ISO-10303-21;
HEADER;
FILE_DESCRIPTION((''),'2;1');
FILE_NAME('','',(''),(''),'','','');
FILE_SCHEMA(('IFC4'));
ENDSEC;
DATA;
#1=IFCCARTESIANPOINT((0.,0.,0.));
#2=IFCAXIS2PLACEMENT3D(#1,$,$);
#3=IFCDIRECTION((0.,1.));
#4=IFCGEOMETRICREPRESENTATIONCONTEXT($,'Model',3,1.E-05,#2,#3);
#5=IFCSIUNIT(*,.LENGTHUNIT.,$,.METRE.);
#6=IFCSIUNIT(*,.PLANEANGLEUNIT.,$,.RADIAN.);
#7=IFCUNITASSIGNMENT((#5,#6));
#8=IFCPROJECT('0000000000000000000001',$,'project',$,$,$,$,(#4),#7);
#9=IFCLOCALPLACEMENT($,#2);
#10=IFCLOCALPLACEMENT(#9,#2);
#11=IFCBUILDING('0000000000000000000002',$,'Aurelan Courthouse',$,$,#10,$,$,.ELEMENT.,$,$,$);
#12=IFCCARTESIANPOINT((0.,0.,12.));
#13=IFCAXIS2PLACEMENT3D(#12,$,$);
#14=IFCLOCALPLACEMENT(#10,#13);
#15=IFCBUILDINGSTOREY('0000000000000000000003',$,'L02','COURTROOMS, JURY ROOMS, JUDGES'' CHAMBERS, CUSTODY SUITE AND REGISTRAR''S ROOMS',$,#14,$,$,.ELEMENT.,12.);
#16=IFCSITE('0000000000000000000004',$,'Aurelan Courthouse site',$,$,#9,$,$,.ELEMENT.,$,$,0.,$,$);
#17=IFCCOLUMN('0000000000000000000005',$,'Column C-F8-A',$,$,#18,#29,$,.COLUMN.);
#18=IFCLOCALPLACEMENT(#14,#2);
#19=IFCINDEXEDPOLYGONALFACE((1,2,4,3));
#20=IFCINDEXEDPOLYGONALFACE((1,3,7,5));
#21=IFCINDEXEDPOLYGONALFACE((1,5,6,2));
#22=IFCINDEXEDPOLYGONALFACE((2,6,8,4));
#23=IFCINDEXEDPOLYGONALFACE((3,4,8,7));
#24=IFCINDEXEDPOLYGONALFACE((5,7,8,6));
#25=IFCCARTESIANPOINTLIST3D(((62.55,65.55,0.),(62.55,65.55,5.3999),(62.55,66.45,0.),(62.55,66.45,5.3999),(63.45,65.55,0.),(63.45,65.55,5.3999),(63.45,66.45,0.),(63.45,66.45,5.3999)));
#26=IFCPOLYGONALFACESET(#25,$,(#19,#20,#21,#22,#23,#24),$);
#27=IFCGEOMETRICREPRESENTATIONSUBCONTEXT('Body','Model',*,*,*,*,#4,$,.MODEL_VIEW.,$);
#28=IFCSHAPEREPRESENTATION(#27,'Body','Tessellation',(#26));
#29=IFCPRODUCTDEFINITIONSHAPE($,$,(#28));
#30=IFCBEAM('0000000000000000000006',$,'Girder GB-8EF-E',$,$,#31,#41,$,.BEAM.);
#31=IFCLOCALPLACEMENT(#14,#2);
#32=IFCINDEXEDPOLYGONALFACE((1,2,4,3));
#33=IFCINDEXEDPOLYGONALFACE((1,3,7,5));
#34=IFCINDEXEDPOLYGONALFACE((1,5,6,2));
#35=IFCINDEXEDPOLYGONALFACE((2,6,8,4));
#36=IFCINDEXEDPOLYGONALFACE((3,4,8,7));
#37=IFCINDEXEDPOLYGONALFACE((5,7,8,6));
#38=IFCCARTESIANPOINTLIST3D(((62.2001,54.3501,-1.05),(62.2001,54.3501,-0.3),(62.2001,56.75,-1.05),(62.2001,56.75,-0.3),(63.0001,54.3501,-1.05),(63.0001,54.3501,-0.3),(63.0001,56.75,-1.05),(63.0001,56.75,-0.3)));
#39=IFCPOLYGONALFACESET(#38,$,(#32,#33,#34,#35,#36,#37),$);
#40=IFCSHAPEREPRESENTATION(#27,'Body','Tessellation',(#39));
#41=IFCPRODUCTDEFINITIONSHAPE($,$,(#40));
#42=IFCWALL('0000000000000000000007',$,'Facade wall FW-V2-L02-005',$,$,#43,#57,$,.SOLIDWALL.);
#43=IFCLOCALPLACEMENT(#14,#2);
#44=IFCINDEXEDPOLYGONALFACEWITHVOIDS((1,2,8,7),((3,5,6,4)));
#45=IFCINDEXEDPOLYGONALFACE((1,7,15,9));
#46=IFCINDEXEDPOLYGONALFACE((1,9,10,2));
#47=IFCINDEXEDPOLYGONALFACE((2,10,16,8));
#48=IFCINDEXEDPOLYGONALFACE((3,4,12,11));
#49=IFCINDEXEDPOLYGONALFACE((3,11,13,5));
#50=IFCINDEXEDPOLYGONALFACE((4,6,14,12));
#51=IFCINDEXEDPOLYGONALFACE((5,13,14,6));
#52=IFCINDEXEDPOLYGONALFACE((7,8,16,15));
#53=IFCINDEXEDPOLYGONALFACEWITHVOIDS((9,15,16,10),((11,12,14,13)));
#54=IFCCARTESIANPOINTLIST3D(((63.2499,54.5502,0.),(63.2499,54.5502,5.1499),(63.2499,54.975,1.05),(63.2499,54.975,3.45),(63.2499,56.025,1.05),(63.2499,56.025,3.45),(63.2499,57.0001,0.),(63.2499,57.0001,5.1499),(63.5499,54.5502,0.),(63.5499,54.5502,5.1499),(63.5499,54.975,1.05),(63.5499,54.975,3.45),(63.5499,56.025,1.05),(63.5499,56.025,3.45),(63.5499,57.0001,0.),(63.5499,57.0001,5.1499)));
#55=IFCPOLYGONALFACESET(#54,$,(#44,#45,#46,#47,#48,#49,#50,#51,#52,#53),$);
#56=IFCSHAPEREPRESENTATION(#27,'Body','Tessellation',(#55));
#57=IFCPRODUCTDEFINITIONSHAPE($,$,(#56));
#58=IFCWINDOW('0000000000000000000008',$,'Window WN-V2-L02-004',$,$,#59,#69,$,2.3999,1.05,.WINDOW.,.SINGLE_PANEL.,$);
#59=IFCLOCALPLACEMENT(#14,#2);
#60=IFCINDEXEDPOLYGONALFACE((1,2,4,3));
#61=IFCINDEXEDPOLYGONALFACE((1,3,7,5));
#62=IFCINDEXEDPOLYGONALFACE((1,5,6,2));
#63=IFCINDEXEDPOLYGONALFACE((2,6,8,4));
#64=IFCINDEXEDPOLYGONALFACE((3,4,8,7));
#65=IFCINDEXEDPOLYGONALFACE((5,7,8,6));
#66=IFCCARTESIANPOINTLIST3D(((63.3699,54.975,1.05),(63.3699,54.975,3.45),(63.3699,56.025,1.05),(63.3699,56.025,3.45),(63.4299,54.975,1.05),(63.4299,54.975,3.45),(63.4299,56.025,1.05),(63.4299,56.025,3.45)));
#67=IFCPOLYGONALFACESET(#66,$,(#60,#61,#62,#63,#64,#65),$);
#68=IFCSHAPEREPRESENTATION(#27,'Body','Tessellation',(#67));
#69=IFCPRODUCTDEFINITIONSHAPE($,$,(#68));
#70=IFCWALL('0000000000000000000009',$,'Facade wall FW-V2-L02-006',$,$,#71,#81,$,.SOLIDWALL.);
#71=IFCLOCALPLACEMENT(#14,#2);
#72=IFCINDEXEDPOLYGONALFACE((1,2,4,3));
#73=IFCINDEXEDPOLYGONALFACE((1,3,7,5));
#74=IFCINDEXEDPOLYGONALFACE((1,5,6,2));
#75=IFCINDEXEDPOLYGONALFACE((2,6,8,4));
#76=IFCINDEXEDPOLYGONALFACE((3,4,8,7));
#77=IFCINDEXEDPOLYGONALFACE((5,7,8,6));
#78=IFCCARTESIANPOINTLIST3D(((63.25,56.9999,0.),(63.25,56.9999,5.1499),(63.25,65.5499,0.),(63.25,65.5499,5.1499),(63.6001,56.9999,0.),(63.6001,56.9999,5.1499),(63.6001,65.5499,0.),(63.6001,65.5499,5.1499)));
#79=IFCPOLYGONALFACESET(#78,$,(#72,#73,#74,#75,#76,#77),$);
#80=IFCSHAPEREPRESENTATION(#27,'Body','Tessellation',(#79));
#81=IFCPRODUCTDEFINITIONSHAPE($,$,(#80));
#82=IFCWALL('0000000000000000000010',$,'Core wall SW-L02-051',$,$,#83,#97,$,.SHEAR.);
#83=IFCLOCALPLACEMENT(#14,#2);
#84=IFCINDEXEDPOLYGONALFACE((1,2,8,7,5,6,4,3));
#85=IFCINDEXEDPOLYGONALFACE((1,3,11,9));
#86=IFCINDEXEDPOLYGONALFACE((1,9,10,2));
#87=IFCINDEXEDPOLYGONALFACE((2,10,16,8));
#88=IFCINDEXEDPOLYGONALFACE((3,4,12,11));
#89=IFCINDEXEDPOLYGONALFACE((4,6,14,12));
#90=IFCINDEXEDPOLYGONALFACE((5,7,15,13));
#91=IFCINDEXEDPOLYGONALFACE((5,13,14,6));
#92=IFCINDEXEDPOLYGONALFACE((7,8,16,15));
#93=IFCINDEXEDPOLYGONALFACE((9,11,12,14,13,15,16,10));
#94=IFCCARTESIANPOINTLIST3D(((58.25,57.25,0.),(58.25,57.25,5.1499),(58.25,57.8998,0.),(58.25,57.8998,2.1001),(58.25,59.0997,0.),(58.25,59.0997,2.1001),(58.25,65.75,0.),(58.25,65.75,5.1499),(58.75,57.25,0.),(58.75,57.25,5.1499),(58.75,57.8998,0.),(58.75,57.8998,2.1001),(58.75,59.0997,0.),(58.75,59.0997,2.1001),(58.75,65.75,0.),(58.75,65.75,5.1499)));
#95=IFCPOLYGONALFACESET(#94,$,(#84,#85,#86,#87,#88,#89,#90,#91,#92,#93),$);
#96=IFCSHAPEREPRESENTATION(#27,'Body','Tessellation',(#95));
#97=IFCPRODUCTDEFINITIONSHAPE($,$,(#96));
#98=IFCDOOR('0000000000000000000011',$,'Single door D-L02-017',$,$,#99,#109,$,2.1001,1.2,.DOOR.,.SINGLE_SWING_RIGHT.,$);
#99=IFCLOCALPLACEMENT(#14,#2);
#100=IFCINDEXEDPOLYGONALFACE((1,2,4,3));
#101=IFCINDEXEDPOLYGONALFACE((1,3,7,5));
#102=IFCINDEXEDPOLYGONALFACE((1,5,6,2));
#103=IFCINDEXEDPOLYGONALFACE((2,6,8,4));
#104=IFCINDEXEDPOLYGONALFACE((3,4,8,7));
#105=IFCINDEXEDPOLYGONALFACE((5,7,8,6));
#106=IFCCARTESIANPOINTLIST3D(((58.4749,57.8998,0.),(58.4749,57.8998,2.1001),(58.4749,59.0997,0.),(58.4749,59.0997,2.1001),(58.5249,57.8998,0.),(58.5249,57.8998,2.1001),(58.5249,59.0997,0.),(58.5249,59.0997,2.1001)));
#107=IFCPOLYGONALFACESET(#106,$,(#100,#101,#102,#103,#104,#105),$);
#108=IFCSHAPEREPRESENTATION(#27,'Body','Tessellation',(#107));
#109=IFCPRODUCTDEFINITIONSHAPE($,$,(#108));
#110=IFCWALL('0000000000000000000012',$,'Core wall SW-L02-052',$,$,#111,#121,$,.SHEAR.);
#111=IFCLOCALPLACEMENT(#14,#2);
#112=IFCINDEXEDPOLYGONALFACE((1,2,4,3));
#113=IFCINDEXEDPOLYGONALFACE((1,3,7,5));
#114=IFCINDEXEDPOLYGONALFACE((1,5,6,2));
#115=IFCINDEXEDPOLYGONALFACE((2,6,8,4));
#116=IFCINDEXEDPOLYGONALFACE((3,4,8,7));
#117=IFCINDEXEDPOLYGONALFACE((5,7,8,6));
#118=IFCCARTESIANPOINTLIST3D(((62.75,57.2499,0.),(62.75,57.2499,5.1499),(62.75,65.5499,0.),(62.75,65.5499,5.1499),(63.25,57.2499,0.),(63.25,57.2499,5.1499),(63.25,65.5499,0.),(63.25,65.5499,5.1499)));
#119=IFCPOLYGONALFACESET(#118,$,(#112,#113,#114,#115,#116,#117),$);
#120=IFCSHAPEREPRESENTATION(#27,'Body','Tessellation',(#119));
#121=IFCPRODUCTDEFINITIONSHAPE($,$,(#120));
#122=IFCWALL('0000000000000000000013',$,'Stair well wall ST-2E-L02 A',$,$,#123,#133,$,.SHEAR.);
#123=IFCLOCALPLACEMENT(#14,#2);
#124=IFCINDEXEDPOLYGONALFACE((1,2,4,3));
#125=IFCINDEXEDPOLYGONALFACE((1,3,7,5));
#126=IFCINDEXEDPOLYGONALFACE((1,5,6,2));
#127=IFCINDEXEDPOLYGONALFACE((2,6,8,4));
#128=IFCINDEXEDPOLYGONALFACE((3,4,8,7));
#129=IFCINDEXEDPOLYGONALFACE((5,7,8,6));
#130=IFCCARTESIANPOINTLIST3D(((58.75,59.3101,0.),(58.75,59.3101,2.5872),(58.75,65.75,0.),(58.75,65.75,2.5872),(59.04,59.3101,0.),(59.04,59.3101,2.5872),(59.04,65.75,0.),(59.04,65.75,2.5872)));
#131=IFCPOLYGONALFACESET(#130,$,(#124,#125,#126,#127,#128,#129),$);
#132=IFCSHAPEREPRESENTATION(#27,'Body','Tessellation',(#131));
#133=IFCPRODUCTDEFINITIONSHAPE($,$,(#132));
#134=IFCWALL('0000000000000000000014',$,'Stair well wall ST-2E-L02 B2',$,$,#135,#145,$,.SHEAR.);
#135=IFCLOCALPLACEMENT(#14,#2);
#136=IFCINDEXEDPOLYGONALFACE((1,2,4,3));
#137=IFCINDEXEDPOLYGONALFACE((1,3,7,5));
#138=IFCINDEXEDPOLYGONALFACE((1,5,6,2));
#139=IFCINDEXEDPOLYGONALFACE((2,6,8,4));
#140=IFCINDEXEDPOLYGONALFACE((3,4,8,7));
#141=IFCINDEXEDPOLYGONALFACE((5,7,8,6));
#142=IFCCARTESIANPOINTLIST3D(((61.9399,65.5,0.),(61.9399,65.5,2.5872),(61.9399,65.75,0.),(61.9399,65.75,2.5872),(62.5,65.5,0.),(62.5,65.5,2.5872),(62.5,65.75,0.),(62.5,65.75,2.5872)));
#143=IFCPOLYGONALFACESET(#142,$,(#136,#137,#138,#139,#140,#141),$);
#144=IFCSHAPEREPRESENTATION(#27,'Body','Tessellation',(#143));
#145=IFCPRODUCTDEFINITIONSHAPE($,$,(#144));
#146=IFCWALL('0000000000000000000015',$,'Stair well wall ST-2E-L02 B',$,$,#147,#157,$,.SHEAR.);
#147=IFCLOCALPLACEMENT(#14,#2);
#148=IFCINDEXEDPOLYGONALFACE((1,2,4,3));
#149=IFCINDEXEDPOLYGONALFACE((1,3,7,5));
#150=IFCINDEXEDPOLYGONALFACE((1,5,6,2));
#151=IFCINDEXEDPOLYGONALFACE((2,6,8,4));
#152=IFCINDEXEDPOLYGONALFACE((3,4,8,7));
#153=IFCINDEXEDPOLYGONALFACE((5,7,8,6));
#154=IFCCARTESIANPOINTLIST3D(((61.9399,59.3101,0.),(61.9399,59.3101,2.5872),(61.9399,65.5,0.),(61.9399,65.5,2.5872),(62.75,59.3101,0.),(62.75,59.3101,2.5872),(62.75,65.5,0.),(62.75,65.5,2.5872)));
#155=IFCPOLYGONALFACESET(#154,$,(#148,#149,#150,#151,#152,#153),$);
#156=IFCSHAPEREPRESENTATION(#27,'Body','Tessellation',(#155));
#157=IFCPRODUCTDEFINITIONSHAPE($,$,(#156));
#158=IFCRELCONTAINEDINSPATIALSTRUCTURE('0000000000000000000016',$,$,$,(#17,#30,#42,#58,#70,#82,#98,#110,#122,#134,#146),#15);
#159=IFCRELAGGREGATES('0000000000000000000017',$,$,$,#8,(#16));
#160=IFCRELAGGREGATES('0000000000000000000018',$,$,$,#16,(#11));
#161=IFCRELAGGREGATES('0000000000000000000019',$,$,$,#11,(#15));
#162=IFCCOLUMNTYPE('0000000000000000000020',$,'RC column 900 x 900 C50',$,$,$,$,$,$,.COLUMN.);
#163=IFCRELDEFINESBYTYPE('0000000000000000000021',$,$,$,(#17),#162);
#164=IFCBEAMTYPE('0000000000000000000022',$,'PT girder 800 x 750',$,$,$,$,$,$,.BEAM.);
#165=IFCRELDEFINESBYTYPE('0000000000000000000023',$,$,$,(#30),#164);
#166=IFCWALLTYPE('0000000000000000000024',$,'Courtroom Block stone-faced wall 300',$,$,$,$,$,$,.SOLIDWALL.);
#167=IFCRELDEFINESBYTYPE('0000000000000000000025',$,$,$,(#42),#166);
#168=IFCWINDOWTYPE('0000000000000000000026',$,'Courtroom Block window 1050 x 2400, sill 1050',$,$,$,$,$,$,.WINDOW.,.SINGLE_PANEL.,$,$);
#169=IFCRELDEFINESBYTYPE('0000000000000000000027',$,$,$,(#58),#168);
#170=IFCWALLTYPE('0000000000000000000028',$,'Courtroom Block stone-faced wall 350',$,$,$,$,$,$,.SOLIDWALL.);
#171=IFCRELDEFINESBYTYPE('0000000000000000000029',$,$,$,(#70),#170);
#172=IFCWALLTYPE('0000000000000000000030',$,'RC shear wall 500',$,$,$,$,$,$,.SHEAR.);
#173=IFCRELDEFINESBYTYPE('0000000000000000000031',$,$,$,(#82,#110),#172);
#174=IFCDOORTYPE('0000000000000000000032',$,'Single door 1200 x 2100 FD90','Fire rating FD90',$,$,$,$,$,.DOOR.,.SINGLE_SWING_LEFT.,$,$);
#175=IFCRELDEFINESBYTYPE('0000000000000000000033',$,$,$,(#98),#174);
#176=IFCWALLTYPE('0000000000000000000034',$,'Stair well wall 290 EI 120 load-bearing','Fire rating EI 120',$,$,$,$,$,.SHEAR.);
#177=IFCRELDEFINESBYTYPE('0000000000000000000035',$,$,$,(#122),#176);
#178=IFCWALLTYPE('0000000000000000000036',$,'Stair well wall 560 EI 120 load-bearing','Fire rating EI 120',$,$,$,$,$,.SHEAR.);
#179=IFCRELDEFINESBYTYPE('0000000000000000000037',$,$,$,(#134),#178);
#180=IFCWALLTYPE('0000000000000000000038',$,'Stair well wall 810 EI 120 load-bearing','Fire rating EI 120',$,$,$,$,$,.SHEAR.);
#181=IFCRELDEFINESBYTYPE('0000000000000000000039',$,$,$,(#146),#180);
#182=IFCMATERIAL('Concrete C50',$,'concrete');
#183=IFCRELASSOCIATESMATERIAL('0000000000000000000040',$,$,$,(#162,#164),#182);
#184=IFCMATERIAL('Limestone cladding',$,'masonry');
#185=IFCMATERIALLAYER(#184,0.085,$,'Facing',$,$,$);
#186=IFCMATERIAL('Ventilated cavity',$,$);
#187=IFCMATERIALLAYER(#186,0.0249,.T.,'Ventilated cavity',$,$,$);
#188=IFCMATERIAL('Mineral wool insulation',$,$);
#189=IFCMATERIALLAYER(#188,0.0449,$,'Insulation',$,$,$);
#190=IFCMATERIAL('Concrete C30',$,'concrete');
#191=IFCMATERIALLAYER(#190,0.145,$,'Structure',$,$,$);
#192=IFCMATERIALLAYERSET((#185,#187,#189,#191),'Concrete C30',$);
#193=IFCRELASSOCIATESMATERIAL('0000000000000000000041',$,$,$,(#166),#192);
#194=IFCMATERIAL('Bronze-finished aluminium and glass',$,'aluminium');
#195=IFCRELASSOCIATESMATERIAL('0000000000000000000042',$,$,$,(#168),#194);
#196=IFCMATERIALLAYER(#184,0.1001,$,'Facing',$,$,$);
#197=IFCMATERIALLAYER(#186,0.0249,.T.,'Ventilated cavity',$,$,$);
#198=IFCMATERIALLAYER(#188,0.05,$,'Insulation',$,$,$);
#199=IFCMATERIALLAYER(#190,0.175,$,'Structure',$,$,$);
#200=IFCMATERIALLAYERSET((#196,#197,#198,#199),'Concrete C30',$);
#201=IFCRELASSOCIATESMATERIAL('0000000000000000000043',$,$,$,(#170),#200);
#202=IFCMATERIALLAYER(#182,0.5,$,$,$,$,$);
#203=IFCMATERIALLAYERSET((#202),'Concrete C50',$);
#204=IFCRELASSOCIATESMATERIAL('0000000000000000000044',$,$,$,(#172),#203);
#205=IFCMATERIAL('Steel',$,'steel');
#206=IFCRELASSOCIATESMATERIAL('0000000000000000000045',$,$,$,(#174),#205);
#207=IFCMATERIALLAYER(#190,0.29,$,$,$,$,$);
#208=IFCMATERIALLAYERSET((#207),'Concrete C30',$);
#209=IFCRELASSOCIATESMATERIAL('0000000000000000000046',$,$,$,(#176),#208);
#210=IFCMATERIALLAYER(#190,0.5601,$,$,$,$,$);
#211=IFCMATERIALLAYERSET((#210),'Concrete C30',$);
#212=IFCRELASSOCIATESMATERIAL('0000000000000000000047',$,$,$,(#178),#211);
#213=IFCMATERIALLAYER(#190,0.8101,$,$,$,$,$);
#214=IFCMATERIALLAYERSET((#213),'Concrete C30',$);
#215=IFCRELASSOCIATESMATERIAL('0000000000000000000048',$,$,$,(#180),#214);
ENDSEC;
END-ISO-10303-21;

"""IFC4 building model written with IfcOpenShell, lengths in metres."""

from ifc_helpers import new_model, si_unit, direction, frame, frame_2d, origin, origin_2d, place, context, subcontext, project, spatial, rectangle, extrude, material, layer, layer_set, material_profile, profile_set, type_object, element, fill, save


model = new_model("IFC4")

# Units and contexts
model_context = context("Model", 3, precision=1e-05, world=origin(), true_north=direction((0.0, 1.0)))
body_context = subcontext(model_context, "Body", "Model", "MODEL_VIEW")
ifc_project = project(units=[si_unit("LENGTHUNIT", "METRE"), si_unit("PLANEANGLEUNIT", "RADIAN")], contexts=[model_context])

# Site, building, storey
site_placement = place(None, origin())
site = spatial("IfcSite", under=ifc_project, at=site_placement, Name="Aurelan Courthouse site", CompositionType="ELEMENT", RefElevation=0.0)
building_placement = place(site_placement, origin())
building = spatial("IfcBuilding", under=site, at=building_placement, Name="Aurelan Courthouse", CompositionType="ELEMENT")
storey_placement = place(building_placement, frame((0.0, 0.0, 12.0)))
storey = spatial("IfcBuildingStorey", under=building, at=storey_placement, Name="L02", Description="COURTROOMS, JURY ROOMS, JUDGES' CHAMBERS, CUSTODY SUITE AND REGISTRAR'S ROOMS", CompositionType="ELEMENT", Elevation=12.0)

# Column
ifc_material_1 = material(Name="Concrete C50", Category="concrete")
ifc_material_profile_1 = material_profile(ifc_material_1, rectangle(XDim=0.8999, YDim=0.8999, at=origin_2d()), Name="RC 900 x 900")
ifc_profile_set_1 = profile_set([ifc_material_profile_1], Name="Concrete C50")
column_type = type_object("IfcColumnType", Name="RC column 900 x 900 C50", PredefinedType="COLUMN", material=ifc_profile_set_1)
column_placement = place(storey_placement, frame((63.0, 66.0, 0.0), z_axis=(0.0, 0.0, 1.0), x_axis=(1.0, 0.0, 0.0)))
element("IfcColumn", 1, at=column_placement, inside=storey, type_object=column_type, Name="Column C-F8-A", PredefinedType="COLUMN", context=body_context, shape_type="SweptSolid", body=[
    extrude(rectangle(XDim=0.8999, YDim=0.8999, at=origin_2d()), origin(), (0.0, 0.0, 1.0), 5.3999),
])

# Beam
ifc_material_profile_2 = material_profile(ifc_material_1, rectangle(XDim=0.8, YDim=0.75, at=origin_2d()), Name="RC 800 x 750")
ifc_profile_set_2 = profile_set([ifc_material_profile_2], Name="Concrete C50")
beam_type = type_object("IfcBeamType", Name="PT girder 800 x 750", PredefinedType="BEAM", material=ifc_profile_set_2)
beam_placement = place(storey_placement, frame((62.6001, 54.3501, -0.675), z_axis=(0.0, 1.0, 0.0), x_axis=(-1.0, 0.0, 0.0)))
element("IfcBeam", 2, at=beam_placement, inside=storey, type_object=beam_type, Name="Girder GB-8EF-E", PredefinedType="BEAM", context=body_context, shape_type="SweptSolid", body=[
    extrude(rectangle(XDim=0.8, YDim=0.75, at=origin_2d()), origin(), (0.0, 0.0, 1.0), 2.3999),
])

# Wall, opening, window
ifc_material_2 = material(Name="Limestone cladding", Category="masonry")
ifc_layer_1 = layer(ifc_material_2, 0.085, Name="Facing")
ifc_material_3 = material(Name="Ventilated cavity")
ifc_layer_2 = layer(ifc_material_3, 0.0249, ventilated=True, Name="Ventilated cavity")
ifc_material_4 = material(Name="Mineral wool insulation")
ifc_layer_3 = layer(ifc_material_4, 0.0449, Name="Insulation")
ifc_material_5 = material(Name="Concrete C30", Category="concrete")
ifc_layer_4 = layer(ifc_material_5, 0.145, Name="Structure")
ifc_layer_set_1 = layer_set([ifc_layer_1, ifc_layer_2, ifc_layer_3, ifc_layer_4], Name="Concrete C30")
wall_type_1 = type_object("IfcWallType", Name="Courtroom Block stone-faced wall 300", PredefinedType="SOLIDWALL", material=ifc_layer_set_1)
wall_1_placement = place(storey_placement, frame((63.3999, 54.55, 0.0), z_axis=(0.0, 0.0, 1.0), x_axis=(0.0, 1.0, 0.0)))
wall_1 = element("IfcWall", 3, at=wall_1_placement, inside=storey, type_object=wall_type_1, Name="Facade wall FW-V2-L02-005", PredefinedType="SOLIDWALL", context=body_context, shape_type="SweptSolid", body=[
    extrude(rectangle(XDim=2.45, YDim=0.3, at=frame_2d((1.2251, 0.0))), origin(), (0.0, 0.0, 1.0), 5.1499),
])
opening_1_placement = place(wall_1_placement, frame((0.425, 0.0, 1.05)))
opening_1 = element("IfcOpeningElement", 4, at=opening_1_placement, cuts=wall_1, PredefinedType="OPENING", context=body_context, shape_type="SweptSolid", body=[
    extrude(rectangle(XDim=1.05, YDim=2.3999, at=frame_2d((0.5249, 1.2))), frame((0.0, 0.1599, 0.0), z_axis=(0.0, -1.0, 0.0), x_axis=(1.0, 0.0, 0.0)), (0.0, 0.0, 1.0), 0.3201),
])
ifc_material_6 = material(Name="Bronze-finished aluminium and glass", Category="aluminium")
window_type = type_object("IfcWindowType", Name="Courtroom Block window 1050 x 2400, sill 1050", PartitioningType="SINGLE_PANEL", PredefinedType="WINDOW", material=ifc_material_6)
window_placement = place(opening_1_placement, origin())
window = element("IfcWindow", 5, at=window_placement, inside=storey, type_object=window_type, Name="Window WN-V2-L02-004", OverallHeight=2.3999, OverallWidth=1.05, PartitioningType="SINGLE_PANEL", PredefinedType="WINDOW", context=body_context, shape_type="SweptSolid", body=[
    extrude(rectangle(XDim=1.05, YDim=2.3999, at=frame_2d((0.5249, 1.2))), frame((0.0, 0.03, 0.0), z_axis=(0.0, -1.0, 0.0), x_axis=(1.0, 0.0, 0.0)), (0.0, 0.0, 1.0), 0.0601),
])
fill(opening_1, window)

# Wall
ifc_layer_5 = layer(ifc_material_2, 0.1001, Name="Facing")
ifc_layer_6 = layer(ifc_material_3, 0.0249, ventilated=True, Name="Ventilated cavity")
ifc_layer_7 = layer(ifc_material_4, 0.05, Name="Insulation")
ifc_layer_8 = layer(ifc_material_5, 0.175, Name="Structure")
ifc_layer_set_2 = layer_set([ifc_layer_5, ifc_layer_6, ifc_layer_7, ifc_layer_8], Name="Concrete C30")
wall_type_2 = type_object("IfcWallType", Name="Courtroom Block stone-faced wall 350", PredefinedType="SOLIDWALL", material=ifc_layer_set_2)
wall_2_placement = place(storey_placement, frame((63.425, 57.0, 0.0), z_axis=(0.0, 0.0, 1.0), x_axis=(0.0, 1.0, 0.0)))
element("IfcWall", 6, at=wall_2_placement, inside=storey, type_object=wall_type_2, Name="Facade wall FW-V2-L02-006", PredefinedType="SOLIDWALL", context=body_context, shape_type="SweptSolid", body=[
    extrude(rectangle(XDim=8.55, YDim=0.3501, at=frame_2d((4.2749, 0.0))), origin(), (0.0, 0.0, 1.0), 5.1499),
])

# Wall, opening, door
ifc_layer_9 = layer(ifc_material_1, 0.5)
ifc_layer_set_3 = layer_set([ifc_layer_9], Name="Concrete C50")
wall_type_3 = type_object("IfcWallType", Name="RC shear wall 500", PredefinedType="SHEAR", material=ifc_layer_set_3)
wall_3_placement = place(storey_placement, frame((58.5, 57.25, 0.0), z_axis=(0.0, 0.0, 1.0), x_axis=(0.0, 1.0, 0.0)))
wall_3 = element("IfcWall", 7, at=wall_3_placement, inside=storey, type_object=wall_type_3, Name="Core wall SW-L02-051", PredefinedType="SHEAR", context=body_context, shape_type="SweptSolid", body=[
    extrude(rectangle(XDim=8.5, YDim=0.5, at=frame_2d((4.25, 0.0))), origin(), (0.0, 0.0, 1.0), 5.1499),
])
opening_2_placement = place(wall_3_placement, frame((1.8499, 0.0, 0.0), z_axis=(0.0, 0.0, 1.0), x_axis=(-1.0, 0.0, 0.0)))
opening_2 = element("IfcOpeningElement", 8, at=opening_2_placement, cuts=wall_3, PredefinedType="OPENING", context=body_context, shape_type="SweptSolid", body=[
    extrude(rectangle(XDim=1.2, YDim=2.1001, at=frame_2d((0.6001, 1.05))), frame((0.0, 0.26, 0.0), z_axis=(0.0, -1.0, 0.0), x_axis=(1.0, 0.0, 0.0)), (0.0, 0.0, 1.0), 0.52),
])
ifc_material_7 = material(Name="Steel", Category="steel")
door_type = type_object("IfcDoorType", Name="Single door 1200 x 2100 FD90", Description="Fire rating FD90", OperationType="SINGLE_SWING_LEFT", PredefinedType="DOOR", material=ifc_material_7)
door_placement = place(opening_2_placement, origin())
door = element("IfcDoor", 9, at=door_placement, inside=storey, type_object=door_type, Name="Single door D-L02-017", OperationType="SINGLE_SWING_RIGHT", OverallHeight=2.1001, OverallWidth=1.2, PredefinedType="DOOR", context=body_context, shape_type="SweptSolid", body=[
    extrude(rectangle(XDim=1.2, YDim=2.1001, at=frame_2d((0.6001, 1.05))), frame((0.0, 0.0249, 0.0), z_axis=(0.0, -1.0, 0.0), x_axis=(1.0, 0.0, 0.0)), (0.0, 0.0, 1.0), 0.05),
])
fill(opening_2, door)

# Walls
wall_4_placement = place(storey_placement, frame((63.0, 57.25, 0.0), z_axis=(0.0, 0.0, 1.0), x_axis=(0.0, 1.0, 0.0)))
element("IfcWall", 10, at=wall_4_placement, inside=storey, type_object=wall_type_3, Name="Core wall SW-L02-052", PredefinedType="SHEAR", context=body_context, shape_type="SweptSolid", body=[
    extrude(rectangle(XDim=8.3, YDim=0.5, at=frame_2d((4.1499, 0.0))), origin(), (0.0, 0.0, 1.0), 5.1499),
])
ifc_layer_10 = layer(ifc_material_5, 0.29)
ifc_layer_set_4 = layer_set([ifc_layer_10], Name="Concrete C30")
wall_type_4 = type_object("IfcWallType", Name="Stair well wall 290 EI 120 load-bearing", Description="Fire rating EI 120", PredefinedType="SHEAR", material=ifc_layer_set_4)
wall_5_placement = place(storey_placement, frame((58.895, 59.3101, 0.0), z_axis=(0.0, 0.0, 1.0), x_axis=(0.0, 1.0, 0.0)))
element("IfcWall", 11, at=wall_5_placement, inside=storey, type_object=wall_type_4, Name="Stair well wall ST-2E-L02 A", PredefinedType="SHEAR", context=body_context, shape_type="SweptSolid", body=[
    extrude(rectangle(XDim=6.4399, YDim=0.29, at=frame_2d((3.22, 0.0))), origin(), (0.0, 0.0, 1.0), 2.5872),
])
ifc_layer_11 = layer(ifc_material_5, 0.5601)
ifc_layer_set_5 = layer_set([ifc_layer_11], Name="Concrete C30")
wall_type_5 = type_object("IfcWallType", Name="Stair well wall 560 EI 120 load-bearing", Description="Fire rating EI 120", PredefinedType="SHEAR", material=ifc_layer_set_5)
wall_6_placement = place(storey_placement, frame((62.22, 65.5, 0.0), z_axis=(0.0, 0.0, 1.0), x_axis=(0.0, 1.0, 0.0)))
element("IfcWall", 12, at=wall_6_placement, inside=storey, type_object=wall_type_5, Name="Stair well wall ST-2E-L02 B2", PredefinedType="SHEAR", context=body_context, shape_type="SweptSolid", body=[
    extrude(rectangle(XDim=0.25, YDim=0.5601, at=frame_2d((0.125, 0.0))), origin(), (0.0, 0.0, 1.0), 2.5872),
])
ifc_layer_12 = layer(ifc_material_5, 0.8101)
ifc_layer_set_6 = layer_set([ifc_layer_12], Name="Concrete C30")
wall_type_6 = type_object("IfcWallType", Name="Stair well wall 810 EI 120 load-bearing", Description="Fire rating EI 120", PredefinedType="SHEAR", material=ifc_layer_set_6)
wall_7_placement = place(storey_placement, frame((62.345, 59.3101, 0.0), z_axis=(0.0, 0.0, 1.0), x_axis=(0.0, 1.0, 0.0)))
element("IfcWall", 13, at=wall_7_placement, inside=storey, type_object=wall_type_6, Name="Stair well wall ST-2E-L02 B", PredefinedType="SHEAR", context=body_context, shape_type="SweptSolid", body=[
    extrude(rectangle(XDim=6.1899, YDim=0.8101, at=frame_2d((3.095, 0.0))), origin(), (0.0, 0.0, 1.0), 2.5872),
])

save(model, "model.ifc")
